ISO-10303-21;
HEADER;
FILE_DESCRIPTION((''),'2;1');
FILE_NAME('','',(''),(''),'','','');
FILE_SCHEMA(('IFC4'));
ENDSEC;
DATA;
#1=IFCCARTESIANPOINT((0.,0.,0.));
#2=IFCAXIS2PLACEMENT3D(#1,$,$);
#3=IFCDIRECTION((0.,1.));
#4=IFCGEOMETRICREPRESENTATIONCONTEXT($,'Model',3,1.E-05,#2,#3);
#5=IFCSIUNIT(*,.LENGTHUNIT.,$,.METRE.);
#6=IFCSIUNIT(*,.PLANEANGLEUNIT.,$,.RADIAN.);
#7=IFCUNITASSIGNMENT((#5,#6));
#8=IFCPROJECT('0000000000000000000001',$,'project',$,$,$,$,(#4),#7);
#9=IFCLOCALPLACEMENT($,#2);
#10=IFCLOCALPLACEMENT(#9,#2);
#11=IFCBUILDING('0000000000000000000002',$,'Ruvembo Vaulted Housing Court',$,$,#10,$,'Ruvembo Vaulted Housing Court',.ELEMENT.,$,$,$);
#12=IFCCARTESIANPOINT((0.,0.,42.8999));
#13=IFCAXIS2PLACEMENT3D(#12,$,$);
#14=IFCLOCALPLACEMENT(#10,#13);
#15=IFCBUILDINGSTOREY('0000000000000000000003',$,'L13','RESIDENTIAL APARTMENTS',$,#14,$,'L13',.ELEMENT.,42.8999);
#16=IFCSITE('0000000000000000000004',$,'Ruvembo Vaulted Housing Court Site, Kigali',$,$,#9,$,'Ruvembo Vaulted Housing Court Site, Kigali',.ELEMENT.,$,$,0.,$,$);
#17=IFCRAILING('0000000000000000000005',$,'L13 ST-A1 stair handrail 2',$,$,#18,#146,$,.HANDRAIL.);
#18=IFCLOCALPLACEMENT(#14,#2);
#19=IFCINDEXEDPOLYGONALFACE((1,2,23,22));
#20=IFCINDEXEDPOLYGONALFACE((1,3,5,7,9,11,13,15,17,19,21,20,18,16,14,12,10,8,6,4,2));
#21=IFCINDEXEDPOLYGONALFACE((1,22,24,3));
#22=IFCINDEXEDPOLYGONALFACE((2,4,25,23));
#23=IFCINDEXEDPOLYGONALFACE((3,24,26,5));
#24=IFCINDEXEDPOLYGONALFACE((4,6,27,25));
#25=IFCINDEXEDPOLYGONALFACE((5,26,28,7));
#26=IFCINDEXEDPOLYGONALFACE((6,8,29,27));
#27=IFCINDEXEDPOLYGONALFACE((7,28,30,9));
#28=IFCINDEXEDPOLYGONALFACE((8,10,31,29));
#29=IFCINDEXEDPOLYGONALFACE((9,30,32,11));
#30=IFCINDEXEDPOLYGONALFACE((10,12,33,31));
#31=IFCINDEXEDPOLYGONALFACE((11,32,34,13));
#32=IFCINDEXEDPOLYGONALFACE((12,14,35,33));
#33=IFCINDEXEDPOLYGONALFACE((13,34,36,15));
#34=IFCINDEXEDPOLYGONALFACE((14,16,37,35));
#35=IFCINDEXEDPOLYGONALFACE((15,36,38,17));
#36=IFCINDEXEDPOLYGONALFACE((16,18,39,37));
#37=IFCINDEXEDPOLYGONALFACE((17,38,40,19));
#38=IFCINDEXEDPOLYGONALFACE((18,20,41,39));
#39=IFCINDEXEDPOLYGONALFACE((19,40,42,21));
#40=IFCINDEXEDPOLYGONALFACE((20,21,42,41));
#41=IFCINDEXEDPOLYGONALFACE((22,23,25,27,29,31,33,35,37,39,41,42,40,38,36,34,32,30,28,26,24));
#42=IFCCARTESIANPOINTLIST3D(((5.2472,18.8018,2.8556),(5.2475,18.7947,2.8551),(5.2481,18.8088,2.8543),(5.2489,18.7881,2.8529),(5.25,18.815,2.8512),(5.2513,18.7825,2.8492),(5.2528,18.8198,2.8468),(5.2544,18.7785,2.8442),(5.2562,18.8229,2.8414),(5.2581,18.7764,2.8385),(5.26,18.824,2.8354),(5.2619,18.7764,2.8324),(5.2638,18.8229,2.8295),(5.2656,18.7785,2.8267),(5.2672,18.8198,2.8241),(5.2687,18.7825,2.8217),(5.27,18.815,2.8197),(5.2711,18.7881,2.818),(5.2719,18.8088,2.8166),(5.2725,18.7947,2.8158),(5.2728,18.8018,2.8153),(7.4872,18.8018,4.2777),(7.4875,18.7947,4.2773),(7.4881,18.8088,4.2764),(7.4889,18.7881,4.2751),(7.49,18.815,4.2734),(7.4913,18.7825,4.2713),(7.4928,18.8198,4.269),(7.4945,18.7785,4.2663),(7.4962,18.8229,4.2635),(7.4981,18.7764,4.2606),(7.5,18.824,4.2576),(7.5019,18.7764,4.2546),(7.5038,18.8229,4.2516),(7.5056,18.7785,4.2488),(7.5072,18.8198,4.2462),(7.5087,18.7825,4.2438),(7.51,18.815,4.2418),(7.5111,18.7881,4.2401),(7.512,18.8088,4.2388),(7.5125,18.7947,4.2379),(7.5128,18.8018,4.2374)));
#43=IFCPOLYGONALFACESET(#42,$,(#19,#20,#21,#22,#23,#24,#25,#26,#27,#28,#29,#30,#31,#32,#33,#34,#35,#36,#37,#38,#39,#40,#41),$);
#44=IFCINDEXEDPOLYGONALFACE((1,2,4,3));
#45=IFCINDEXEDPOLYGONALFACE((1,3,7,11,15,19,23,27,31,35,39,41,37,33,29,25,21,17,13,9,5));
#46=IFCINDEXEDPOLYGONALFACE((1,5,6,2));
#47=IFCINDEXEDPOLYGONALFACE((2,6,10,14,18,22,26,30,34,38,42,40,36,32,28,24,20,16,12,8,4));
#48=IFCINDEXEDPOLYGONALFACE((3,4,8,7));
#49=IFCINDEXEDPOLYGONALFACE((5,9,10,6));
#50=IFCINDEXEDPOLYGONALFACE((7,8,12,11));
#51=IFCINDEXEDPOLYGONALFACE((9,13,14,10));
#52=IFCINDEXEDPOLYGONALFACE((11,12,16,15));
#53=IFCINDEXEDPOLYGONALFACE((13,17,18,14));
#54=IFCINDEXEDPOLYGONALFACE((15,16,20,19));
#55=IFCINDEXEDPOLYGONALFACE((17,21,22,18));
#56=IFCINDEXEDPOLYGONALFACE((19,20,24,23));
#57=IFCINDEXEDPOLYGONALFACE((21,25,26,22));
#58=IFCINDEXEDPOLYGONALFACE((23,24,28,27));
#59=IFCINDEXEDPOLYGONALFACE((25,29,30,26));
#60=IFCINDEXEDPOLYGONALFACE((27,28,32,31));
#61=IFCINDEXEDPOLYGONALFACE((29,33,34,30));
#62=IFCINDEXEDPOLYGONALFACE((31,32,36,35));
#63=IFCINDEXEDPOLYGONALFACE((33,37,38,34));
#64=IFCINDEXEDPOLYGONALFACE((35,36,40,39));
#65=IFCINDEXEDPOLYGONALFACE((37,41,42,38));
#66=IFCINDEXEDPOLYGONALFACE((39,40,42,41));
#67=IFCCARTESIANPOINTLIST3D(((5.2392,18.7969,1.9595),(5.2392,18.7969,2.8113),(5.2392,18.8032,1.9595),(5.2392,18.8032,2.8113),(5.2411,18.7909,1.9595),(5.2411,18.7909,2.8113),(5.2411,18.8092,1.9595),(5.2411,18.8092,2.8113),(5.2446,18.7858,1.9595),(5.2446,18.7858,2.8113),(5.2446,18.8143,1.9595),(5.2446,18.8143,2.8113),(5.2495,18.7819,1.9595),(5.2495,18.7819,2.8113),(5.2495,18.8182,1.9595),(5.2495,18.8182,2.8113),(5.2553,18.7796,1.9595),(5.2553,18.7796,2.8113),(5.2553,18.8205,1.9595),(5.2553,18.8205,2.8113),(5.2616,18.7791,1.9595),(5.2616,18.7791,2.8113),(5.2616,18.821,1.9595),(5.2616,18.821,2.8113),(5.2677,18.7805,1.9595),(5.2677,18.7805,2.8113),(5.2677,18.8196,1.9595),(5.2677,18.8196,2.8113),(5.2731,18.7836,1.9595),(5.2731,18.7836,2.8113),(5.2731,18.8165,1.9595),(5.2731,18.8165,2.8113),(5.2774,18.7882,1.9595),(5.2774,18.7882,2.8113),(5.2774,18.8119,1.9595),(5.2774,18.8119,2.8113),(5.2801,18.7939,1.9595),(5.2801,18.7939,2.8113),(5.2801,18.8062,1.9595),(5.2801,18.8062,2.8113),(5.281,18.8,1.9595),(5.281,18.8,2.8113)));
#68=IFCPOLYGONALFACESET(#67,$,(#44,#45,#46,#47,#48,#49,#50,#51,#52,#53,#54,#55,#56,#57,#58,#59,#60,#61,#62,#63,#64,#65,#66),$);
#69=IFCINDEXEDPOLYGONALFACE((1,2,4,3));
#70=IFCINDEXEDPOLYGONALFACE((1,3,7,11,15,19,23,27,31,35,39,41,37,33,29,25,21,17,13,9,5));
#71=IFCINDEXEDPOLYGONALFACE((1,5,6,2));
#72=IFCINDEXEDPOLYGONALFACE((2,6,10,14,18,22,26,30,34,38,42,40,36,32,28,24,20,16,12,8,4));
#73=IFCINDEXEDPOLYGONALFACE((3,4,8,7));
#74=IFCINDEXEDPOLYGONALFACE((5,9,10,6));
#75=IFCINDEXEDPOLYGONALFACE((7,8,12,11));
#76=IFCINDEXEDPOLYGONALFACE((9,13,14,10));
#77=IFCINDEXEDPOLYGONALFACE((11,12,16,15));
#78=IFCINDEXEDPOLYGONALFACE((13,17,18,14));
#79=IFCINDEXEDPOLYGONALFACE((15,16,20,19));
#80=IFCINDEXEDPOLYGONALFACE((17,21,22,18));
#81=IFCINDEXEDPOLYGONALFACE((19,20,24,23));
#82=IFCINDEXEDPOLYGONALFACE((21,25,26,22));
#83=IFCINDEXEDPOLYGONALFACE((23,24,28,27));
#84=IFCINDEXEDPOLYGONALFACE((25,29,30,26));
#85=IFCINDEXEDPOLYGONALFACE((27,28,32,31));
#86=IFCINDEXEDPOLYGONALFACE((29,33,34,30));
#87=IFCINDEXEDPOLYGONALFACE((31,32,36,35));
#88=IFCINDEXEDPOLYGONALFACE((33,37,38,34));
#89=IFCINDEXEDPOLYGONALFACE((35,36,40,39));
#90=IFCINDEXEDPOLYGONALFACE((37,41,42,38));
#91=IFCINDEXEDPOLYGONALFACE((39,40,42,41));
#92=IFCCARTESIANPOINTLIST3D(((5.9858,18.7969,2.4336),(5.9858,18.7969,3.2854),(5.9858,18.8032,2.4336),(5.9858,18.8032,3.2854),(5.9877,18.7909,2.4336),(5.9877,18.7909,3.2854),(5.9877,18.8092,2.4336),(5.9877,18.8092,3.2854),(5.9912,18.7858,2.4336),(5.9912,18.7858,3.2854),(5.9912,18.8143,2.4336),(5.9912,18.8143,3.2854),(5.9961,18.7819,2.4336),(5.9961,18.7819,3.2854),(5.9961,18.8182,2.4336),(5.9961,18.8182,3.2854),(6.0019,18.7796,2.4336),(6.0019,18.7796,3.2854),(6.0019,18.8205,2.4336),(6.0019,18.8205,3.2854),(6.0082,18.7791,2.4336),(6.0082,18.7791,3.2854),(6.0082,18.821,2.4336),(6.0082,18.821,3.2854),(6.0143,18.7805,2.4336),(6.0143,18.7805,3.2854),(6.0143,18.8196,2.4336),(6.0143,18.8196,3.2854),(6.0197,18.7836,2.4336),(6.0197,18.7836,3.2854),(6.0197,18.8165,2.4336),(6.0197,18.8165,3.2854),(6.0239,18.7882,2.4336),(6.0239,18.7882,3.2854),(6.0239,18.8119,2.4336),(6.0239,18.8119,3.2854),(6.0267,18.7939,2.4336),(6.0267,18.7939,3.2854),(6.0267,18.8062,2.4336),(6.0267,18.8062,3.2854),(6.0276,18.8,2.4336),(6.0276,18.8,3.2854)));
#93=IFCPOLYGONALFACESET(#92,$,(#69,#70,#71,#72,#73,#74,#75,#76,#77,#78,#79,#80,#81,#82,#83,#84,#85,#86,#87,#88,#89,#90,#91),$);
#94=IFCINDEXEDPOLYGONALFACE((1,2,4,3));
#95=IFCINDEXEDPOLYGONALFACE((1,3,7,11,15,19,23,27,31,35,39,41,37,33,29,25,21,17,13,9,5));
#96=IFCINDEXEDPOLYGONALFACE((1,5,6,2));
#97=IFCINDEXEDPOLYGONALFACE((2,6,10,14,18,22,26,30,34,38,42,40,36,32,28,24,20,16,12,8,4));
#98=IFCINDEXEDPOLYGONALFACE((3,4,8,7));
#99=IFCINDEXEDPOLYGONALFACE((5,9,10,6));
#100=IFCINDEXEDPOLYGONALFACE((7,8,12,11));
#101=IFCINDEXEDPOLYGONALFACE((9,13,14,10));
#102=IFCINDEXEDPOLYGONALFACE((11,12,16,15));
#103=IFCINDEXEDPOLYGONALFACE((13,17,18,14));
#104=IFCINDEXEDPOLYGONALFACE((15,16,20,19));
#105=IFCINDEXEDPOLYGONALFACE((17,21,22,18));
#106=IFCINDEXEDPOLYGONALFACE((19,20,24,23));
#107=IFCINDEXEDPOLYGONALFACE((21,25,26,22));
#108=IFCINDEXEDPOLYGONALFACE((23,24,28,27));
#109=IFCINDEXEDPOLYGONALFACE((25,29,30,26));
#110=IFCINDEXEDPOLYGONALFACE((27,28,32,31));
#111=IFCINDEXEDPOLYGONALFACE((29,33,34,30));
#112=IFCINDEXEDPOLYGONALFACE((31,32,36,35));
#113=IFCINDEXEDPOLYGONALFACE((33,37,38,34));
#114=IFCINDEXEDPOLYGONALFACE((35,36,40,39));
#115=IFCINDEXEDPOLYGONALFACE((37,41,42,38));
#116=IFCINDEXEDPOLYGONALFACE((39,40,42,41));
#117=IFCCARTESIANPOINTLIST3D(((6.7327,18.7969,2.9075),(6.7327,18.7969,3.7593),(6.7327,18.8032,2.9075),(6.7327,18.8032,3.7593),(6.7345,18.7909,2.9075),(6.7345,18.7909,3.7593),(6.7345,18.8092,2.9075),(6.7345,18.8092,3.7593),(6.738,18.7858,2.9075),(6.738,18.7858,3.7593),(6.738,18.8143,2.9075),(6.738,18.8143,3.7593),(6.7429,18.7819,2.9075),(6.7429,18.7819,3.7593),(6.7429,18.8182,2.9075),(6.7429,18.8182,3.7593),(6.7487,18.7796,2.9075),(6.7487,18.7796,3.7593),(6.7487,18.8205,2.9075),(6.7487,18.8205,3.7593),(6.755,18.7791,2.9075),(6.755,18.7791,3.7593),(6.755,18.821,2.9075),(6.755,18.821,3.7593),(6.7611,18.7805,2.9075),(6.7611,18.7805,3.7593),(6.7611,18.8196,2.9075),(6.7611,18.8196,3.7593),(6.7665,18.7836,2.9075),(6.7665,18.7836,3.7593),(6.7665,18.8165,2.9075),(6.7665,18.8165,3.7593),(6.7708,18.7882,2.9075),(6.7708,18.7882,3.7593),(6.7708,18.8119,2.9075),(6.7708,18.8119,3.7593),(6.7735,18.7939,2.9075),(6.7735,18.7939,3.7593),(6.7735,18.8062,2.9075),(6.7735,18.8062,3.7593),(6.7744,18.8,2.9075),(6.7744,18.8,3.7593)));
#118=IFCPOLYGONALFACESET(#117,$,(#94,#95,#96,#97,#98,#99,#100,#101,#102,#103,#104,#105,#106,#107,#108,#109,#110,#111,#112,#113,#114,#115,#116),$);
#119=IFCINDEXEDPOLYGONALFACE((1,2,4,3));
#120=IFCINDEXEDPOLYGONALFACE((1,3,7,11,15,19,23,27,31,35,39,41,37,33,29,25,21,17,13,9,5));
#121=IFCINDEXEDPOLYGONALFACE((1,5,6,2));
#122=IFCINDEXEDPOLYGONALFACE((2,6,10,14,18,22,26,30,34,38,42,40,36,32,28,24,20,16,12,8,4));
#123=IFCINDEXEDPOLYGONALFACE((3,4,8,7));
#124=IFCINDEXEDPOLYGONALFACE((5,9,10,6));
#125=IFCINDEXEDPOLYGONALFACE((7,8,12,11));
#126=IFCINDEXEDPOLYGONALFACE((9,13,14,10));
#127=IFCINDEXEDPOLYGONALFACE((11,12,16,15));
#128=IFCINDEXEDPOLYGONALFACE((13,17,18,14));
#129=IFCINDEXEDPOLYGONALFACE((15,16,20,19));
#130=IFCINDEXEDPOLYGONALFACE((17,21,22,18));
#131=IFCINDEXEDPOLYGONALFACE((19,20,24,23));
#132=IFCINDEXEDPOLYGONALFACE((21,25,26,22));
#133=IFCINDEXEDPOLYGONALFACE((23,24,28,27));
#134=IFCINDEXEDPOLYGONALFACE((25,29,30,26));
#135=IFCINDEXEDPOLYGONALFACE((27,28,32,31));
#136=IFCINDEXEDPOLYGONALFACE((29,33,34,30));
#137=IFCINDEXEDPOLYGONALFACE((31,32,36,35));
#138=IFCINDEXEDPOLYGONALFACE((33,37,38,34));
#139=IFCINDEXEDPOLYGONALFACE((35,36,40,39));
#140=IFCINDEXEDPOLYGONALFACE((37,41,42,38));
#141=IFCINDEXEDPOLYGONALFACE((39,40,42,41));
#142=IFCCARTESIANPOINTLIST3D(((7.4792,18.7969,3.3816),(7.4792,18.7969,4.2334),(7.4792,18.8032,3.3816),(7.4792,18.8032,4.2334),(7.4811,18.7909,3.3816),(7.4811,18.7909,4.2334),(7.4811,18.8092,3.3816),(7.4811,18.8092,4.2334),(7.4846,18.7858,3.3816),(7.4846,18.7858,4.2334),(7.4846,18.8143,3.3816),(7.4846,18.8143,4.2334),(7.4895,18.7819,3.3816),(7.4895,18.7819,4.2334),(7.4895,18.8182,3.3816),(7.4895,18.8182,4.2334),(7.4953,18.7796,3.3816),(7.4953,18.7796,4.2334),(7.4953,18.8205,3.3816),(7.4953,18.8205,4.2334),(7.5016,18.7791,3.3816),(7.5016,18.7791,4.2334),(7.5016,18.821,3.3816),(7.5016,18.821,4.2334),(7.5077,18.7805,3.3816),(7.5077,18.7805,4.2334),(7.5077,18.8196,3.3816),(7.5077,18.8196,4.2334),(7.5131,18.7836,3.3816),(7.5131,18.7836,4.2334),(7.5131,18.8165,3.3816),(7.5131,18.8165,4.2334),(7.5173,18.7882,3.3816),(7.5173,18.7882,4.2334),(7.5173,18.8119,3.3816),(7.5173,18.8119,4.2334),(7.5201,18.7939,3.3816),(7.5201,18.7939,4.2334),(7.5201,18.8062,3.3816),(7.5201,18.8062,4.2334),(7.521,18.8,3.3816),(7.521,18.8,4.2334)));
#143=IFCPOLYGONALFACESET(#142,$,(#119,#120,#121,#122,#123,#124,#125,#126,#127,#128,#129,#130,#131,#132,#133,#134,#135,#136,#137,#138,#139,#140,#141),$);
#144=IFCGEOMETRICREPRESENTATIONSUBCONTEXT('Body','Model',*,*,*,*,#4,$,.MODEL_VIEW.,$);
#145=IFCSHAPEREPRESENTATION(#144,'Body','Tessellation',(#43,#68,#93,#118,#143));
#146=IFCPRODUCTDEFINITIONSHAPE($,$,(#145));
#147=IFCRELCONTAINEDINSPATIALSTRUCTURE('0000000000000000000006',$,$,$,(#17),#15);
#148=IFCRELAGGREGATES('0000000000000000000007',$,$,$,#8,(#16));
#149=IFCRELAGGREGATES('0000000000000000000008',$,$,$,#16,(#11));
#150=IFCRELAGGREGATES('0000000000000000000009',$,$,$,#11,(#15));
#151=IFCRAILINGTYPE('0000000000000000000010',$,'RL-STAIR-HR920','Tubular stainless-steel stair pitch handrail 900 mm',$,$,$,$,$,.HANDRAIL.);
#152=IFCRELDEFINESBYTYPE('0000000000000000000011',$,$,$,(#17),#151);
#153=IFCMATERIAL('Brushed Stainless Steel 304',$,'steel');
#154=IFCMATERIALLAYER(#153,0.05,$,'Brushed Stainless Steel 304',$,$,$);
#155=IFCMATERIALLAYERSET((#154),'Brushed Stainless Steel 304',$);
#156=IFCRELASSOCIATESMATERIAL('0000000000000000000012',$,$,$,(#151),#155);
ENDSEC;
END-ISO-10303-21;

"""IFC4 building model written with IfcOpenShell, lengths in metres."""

from ifc_helpers import new_model, si_unit, direction, frame, origin, origin_2d, place, context, subcontext, project, spatial, circle, extrude, material, layer, layer_set, type_object, element, save


model = new_model("IFC4")

# Units and contexts
model_context = context("Model", 3, precision=1e-05, world=origin(), true_north=direction((0.0, 1.0)))
body_context = subcontext(model_context, "Body", "Model", "MODEL_VIEW")
ifc_project = project(units=[si_unit("LENGTHUNIT", "METRE"), si_unit("PLANEANGLEUNIT", "RADIAN")], contexts=[model_context])

# Site, building, storey
site_placement = place(None, origin())
site = spatial("IfcSite", under=ifc_project, at=site_placement, Name="Ruvembo Vaulted Housing Court Site, Kigali", LongName="Ruvembo Vaulted Housing Court Site, Kigali", CompositionType="ELEMENT", RefElevation=0.0)
building_placement = place(site_placement, origin())
building = spatial("IfcBuilding", under=site, at=building_placement, Name="Ruvembo Vaulted Housing Court", LongName="Ruvembo Vaulted Housing Court", CompositionType="ELEMENT")
storey_placement = place(building_placement, frame((0.0, 0.0, 42.8999)))
storey = spatial("IfcBuildingStorey", under=building, at=storey_placement, Name="L13", Description="RESIDENTIAL APARTMENTS", LongName="L13", CompositionType="ELEMENT", Elevation=42.8999)

# Shared definitions
ifc_material_1 = material(Name="Brushed Stainless Steel 304", Category="steel")

# Railing
ifc_layer_1 = layer(ifc_material_1, 0.05, Name="Brushed Stainless Steel 304")
ifc_layer_set_1 = layer_set([ifc_layer_1], Name="Brushed Stainless Steel 304")
railing_type_1 = type_object("IfcRailingType", Name="RL-STAIR-HR920", Description="Tubular stainless-steel stair pitch handrail 900 mm", PredefinedType="HANDRAIL", material=ifc_layer_set_1)
railing_1_placement = place(storey_placement, frame((5.26, 18.8, 1.9595)))
element("IfcRailing", 1, at=railing_1_placement, inside=storey, type_object=railing_type_1, Name="L13 ST-A1 stair handrail 2", PredefinedType="HANDRAIL", context=body_context, shape_type="SweptSolid", body=[
    extrude(circle(Radius=0.0239, at=origin_2d()), frame((0.0, 0.0, 0.876), z_axis=(0.844229, 0.0, 0.535982), x_axis=(0.0, 1.0, 0.0)), (0.0, 0.0, 1.0), 2.6533),
    extrude(circle(Radius=0.021, at=origin_2d()), origin(), (0.0, 0.0, 1.0), 0.8518),
    extrude(circle(Radius=0.021, at=origin_2d()), frame((0.7466, 0.0, 0.4741)), (0.0, 0.0, 1.0), 0.8518),
    extrude(circle(Radius=0.021, at=origin_2d()), frame((1.4934, 0.0, 0.948)), (0.0, 0.0, 1.0), 0.8518),
    extrude(circle(Radius=0.021, at=origin_2d()), frame((2.24, 0.0, 1.4221)), (0.0, 0.0, 1.0), 0.8518),
])

save(model, "model.ifc")
